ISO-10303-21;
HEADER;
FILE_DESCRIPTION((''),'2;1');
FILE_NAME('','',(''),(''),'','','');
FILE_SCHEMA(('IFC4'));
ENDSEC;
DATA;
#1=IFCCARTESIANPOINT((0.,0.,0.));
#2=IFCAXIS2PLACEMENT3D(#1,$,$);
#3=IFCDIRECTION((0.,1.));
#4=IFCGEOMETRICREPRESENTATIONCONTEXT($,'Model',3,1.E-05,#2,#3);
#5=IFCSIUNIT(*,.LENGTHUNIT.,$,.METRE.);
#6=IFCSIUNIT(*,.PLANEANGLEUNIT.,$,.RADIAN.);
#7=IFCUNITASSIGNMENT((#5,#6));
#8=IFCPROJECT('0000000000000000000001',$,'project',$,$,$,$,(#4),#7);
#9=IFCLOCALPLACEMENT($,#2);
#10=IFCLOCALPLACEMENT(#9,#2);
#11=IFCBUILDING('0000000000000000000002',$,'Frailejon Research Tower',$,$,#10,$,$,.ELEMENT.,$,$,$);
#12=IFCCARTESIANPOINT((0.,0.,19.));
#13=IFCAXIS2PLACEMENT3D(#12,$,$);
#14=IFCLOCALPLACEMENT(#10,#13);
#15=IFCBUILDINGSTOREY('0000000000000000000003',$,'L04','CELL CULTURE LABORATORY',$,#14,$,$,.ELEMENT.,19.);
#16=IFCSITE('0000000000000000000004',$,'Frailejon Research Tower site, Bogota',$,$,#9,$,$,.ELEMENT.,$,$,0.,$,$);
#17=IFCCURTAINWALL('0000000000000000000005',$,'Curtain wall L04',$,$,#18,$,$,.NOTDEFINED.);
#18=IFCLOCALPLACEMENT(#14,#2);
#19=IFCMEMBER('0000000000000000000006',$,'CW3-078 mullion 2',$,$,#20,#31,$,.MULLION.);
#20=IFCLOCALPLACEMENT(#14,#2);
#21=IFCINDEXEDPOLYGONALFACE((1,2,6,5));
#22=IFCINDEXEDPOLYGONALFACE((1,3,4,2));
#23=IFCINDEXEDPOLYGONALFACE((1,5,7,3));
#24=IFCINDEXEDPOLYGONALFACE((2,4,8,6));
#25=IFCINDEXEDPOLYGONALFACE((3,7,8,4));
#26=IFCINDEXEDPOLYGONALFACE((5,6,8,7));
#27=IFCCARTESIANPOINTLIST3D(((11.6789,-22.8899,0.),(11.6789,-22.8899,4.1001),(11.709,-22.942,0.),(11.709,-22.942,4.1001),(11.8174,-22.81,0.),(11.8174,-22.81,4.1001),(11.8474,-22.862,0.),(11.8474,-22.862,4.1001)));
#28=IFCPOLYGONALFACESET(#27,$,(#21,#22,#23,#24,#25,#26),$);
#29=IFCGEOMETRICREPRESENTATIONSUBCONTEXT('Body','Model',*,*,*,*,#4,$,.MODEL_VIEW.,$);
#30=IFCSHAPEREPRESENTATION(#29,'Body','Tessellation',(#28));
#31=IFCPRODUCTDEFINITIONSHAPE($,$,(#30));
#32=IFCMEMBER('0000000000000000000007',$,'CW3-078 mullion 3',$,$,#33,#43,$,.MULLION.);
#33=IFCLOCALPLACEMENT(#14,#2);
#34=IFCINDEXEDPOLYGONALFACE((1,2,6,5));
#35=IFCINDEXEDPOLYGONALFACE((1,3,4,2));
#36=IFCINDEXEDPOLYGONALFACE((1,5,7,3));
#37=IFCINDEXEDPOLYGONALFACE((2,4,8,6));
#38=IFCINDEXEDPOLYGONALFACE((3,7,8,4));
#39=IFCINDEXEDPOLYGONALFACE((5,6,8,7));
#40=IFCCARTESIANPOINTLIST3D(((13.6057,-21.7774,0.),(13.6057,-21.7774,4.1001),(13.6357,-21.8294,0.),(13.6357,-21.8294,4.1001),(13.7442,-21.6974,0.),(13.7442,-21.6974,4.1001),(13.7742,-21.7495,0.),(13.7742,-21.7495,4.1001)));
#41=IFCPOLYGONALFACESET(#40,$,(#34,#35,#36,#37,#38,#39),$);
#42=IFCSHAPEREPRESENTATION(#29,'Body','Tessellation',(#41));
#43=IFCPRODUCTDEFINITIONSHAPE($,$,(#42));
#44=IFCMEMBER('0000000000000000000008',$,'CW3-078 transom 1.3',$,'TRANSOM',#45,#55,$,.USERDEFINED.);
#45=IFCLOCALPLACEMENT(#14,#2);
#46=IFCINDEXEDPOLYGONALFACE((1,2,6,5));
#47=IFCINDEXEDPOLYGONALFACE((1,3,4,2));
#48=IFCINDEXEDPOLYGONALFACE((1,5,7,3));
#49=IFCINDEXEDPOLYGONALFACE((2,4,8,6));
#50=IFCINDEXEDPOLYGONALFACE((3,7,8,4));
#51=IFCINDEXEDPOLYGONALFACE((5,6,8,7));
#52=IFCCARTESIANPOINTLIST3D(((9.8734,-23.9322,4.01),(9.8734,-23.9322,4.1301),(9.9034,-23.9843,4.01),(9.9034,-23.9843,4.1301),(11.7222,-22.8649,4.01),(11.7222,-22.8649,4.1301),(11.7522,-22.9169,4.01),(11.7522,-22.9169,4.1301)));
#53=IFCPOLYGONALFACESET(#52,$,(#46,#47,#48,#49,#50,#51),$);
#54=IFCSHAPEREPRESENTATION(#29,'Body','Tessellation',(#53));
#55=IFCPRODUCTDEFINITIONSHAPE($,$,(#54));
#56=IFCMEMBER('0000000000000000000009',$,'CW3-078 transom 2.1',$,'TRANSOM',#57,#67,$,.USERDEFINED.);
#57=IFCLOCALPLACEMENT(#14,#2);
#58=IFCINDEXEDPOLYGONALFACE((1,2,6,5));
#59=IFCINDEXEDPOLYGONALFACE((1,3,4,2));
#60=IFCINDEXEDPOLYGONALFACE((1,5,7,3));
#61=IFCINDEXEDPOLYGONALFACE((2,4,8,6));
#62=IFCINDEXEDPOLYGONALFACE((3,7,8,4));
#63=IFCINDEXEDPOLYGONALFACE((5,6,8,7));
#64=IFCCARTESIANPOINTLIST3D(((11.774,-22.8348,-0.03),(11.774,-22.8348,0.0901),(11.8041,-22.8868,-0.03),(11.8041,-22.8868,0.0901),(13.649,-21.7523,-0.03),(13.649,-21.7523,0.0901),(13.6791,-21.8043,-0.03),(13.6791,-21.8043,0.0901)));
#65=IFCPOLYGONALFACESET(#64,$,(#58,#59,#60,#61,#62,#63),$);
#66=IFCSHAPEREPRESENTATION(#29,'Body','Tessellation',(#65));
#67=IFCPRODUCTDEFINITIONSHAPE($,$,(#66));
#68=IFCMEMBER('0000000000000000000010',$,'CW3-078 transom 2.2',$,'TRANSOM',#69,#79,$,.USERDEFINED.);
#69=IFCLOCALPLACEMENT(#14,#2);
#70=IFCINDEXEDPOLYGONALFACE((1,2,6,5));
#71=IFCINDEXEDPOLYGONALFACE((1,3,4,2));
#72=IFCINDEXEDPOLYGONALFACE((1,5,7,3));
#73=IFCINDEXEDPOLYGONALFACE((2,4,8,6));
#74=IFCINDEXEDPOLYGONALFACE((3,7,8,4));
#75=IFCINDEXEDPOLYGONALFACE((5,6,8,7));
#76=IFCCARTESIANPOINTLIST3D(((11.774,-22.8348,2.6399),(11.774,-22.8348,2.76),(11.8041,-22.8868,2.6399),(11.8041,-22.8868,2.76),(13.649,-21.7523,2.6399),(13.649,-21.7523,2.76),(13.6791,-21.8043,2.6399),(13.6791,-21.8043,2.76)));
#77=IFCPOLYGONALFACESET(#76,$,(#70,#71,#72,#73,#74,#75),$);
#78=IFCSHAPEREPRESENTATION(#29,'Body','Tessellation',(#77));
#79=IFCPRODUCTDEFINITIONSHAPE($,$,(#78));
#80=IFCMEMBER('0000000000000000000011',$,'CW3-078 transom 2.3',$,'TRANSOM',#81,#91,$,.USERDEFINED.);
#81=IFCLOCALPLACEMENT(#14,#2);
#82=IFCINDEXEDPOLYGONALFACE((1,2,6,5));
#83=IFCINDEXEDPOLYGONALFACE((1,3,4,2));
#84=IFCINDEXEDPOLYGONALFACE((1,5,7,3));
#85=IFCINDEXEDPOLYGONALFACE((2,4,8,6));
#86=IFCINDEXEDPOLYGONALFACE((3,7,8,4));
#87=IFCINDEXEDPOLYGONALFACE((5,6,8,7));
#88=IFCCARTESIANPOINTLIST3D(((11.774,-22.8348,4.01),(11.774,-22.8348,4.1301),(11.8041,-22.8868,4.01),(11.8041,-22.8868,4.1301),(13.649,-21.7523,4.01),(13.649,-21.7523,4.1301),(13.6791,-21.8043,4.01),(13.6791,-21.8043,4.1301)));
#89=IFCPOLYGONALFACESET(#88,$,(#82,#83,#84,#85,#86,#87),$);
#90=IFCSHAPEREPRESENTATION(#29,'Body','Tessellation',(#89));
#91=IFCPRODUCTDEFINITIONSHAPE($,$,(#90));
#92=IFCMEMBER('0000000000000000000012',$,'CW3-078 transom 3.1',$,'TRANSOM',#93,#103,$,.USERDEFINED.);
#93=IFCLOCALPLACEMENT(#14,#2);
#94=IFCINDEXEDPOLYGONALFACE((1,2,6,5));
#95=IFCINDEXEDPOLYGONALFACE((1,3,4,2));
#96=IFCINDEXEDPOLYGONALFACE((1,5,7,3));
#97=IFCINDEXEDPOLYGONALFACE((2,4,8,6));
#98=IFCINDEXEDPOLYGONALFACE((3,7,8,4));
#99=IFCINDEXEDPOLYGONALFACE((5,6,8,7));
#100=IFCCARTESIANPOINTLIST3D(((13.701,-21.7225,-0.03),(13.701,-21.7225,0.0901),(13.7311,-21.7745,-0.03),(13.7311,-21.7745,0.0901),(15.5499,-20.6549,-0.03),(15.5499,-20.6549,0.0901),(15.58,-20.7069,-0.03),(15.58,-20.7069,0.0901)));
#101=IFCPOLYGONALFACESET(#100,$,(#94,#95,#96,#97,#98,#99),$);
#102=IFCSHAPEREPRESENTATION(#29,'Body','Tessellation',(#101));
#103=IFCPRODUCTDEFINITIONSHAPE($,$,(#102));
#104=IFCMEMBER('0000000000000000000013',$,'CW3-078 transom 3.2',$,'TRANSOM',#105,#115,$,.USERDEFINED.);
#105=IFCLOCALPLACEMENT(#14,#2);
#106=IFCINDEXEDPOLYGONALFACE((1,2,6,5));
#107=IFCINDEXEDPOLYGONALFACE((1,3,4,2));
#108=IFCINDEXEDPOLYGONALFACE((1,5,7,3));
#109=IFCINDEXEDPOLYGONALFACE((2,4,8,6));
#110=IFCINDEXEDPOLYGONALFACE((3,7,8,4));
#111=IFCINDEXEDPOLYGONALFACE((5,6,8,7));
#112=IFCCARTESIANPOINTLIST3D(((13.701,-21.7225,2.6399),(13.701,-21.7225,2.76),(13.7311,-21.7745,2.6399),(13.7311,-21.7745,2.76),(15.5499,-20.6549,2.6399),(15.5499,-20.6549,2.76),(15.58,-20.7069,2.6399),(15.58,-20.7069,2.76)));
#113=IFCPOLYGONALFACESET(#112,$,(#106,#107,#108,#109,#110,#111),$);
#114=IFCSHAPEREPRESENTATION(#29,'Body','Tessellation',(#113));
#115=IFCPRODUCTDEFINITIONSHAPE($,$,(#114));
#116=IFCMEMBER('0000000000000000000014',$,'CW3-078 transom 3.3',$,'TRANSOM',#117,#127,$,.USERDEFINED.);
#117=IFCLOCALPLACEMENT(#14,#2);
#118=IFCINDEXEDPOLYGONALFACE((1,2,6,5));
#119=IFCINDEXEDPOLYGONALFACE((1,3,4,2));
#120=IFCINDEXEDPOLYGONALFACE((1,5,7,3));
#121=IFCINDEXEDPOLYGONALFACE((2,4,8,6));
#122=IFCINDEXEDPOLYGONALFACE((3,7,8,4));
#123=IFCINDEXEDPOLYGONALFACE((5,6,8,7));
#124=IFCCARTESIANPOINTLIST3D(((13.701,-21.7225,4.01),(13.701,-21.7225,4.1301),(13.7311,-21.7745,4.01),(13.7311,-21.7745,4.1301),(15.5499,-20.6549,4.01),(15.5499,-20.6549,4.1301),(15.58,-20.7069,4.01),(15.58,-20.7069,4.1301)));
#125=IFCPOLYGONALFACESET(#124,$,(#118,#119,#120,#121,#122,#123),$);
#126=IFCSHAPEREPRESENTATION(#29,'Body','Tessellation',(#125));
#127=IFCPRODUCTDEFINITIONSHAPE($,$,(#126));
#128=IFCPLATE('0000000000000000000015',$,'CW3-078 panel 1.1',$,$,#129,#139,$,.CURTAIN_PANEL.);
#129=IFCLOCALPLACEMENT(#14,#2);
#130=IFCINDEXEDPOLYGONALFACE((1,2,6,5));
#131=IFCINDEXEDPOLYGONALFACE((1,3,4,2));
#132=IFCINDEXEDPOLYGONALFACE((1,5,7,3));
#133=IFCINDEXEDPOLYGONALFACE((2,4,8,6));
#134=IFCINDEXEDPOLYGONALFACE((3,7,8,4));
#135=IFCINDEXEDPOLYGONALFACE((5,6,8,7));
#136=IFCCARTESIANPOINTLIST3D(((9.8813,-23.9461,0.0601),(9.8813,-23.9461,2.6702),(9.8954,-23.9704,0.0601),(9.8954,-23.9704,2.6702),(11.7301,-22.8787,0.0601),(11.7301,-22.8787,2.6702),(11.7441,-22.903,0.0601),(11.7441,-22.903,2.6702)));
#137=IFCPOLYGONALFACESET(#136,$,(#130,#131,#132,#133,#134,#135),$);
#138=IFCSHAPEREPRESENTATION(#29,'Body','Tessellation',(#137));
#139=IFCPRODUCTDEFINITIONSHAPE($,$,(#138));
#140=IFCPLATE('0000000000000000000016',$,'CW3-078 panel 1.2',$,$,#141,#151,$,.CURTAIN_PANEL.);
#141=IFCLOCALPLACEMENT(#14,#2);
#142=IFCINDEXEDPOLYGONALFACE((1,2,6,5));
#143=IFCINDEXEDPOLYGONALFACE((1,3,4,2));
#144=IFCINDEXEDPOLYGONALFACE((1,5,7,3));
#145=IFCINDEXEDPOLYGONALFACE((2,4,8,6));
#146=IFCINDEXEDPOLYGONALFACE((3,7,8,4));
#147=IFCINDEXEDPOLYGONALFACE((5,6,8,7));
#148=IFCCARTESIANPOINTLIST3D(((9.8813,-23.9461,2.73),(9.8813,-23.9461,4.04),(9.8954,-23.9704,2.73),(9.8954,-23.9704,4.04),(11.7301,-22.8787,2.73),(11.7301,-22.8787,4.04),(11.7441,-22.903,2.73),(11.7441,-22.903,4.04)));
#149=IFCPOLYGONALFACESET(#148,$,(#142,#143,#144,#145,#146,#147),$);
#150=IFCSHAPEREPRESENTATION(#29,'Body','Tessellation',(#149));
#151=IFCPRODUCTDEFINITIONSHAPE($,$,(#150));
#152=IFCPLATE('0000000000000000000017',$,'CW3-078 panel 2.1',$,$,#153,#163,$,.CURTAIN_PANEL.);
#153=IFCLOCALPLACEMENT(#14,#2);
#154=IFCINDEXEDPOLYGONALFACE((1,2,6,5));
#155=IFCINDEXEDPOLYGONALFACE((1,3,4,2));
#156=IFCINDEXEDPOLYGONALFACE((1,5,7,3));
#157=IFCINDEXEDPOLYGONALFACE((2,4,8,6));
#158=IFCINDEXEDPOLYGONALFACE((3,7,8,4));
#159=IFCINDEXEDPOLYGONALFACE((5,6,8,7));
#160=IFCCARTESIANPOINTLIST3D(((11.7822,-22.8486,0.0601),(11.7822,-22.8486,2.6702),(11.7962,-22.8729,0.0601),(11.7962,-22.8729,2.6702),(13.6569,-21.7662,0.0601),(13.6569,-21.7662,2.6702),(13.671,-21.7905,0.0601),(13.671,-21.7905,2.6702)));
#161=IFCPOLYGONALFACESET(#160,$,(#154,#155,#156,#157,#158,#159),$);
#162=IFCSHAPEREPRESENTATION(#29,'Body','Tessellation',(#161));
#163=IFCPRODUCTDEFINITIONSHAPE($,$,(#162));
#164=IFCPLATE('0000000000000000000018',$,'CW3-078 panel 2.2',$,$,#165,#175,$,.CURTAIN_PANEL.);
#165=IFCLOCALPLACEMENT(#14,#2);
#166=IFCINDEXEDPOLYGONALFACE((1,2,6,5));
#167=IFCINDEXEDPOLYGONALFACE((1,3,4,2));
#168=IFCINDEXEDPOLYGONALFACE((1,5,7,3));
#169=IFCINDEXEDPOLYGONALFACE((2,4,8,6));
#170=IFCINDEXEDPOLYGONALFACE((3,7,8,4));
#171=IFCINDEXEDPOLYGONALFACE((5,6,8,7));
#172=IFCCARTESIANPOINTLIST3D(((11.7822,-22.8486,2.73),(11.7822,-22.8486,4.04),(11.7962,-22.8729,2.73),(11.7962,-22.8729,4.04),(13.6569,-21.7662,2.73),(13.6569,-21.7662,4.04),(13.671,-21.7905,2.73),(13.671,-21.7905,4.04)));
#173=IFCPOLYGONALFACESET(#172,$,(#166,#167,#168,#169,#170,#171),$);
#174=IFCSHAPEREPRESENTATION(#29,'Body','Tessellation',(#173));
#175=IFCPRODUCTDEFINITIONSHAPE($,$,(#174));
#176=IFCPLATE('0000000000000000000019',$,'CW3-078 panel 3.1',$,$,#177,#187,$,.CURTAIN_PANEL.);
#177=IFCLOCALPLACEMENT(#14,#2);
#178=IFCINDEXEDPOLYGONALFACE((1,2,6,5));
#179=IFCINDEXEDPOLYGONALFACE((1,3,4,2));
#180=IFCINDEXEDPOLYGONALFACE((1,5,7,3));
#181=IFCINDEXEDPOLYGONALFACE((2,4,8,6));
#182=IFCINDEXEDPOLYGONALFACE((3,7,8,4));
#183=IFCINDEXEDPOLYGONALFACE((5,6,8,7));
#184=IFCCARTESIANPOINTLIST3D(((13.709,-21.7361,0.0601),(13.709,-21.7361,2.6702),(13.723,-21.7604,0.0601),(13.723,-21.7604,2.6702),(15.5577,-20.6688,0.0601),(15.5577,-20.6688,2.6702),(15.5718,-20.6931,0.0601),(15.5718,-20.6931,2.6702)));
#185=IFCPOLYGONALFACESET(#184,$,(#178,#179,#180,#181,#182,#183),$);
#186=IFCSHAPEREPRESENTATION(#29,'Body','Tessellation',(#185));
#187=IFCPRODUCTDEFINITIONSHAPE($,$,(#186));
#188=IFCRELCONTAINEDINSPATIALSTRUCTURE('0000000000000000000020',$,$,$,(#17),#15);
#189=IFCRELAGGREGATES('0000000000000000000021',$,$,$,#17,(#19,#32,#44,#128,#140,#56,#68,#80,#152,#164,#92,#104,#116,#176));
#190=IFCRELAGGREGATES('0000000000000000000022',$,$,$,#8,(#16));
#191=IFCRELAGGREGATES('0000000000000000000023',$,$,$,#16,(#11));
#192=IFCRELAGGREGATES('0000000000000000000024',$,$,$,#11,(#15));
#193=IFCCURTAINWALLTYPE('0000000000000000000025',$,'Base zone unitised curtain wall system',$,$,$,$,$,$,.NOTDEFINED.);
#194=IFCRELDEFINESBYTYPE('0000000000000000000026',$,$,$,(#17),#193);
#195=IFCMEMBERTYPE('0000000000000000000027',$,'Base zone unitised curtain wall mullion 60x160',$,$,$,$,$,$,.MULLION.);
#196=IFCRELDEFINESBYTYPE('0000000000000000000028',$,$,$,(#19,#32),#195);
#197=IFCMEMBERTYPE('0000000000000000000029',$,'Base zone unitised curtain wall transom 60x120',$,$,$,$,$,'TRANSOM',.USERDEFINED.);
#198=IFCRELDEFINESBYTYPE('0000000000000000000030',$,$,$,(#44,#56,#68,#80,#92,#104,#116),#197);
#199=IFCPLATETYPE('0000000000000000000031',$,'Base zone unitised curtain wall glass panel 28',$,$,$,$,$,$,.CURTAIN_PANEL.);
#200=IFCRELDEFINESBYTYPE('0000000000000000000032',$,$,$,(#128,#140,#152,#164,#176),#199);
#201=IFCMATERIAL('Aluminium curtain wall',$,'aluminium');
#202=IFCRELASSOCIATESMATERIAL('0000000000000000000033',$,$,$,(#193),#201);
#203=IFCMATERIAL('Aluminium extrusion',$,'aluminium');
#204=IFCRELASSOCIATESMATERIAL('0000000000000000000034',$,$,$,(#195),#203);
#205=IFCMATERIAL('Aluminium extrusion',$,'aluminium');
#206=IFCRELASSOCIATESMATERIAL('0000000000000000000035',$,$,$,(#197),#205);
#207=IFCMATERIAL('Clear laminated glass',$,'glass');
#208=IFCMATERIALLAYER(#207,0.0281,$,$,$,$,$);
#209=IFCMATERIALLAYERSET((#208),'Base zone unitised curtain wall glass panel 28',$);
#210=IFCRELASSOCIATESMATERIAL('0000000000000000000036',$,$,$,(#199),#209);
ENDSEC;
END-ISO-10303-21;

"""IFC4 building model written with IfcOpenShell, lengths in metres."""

from ifc_helpers import new_model, si_unit, direction, frame, origin, origin_2d, place, context, subcontext, project, spatial, rectangle, extrude, material, layer, layer_set, material_profile, profile_set, type_object, element, aggregate, save


model = new_model("IFC4")

# Units and contexts
model_context = context("Model", 3, precision=1e-05, world=origin(), true_north=direction((0.0, 1.0)))
body_context = subcontext(model_context, "Body", "Model", "MODEL_VIEW")
ifc_project = project(units=[si_unit("LENGTHUNIT", "METRE"), si_unit("PLANEANGLEUNIT", "RADIAN")], contexts=[model_context])

# Site, building, storey
site_placement = place(None, origin())
site = spatial("IfcSite", under=ifc_project, at=site_placement, Name="Frailejon Research Tower site, Bogota", CompositionType="ELEMENT", RefElevation=0.0)
building_placement = place(site_placement, origin())
building = spatial("IfcBuilding", under=site, at=building_placement, Name="Frailejon Research Tower", CompositionType="ELEMENT")
storey_placement = place(building_placement, frame((0.0, 0.0, 19.0)))
storey = spatial("IfcBuildingStorey", under=building, at=storey_placement, Name="L04", Description="CELL CULTURE LABORATORY", CompositionType="ELEMENT", Elevation=19.0)

# Curtain wall, members, plates
ifc_material_1 = material(Name="Aluminium curtain wall", Category="aluminium")
curtain_wall_type = type_object("IfcCurtainWallType", Name="Base zone unitised curtain wall system", PredefinedType="NOTDEFINED", material=ifc_material_1)
curtain_wall_placement = place(storey_placement, origin())
curtain_wall = element("IfcCurtainWall", 1, at=curtain_wall_placement, inside=storey, type_object=curtain_wall_type, Name="Curtain wall L04", PredefinedType="NOTDEFINED")
ifc_material_2 = material(Name="Aluminium extrusion", Category="aluminium")
ifc_material_profile_1 = material_profile(ifc_material_2, rectangle(XDim=0.0601, YDim=0.1599, at=origin_2d()), Name="Base zone unitised curtain wall mullion 60x160")
ifc_profile_set_1 = profile_set([ifc_material_profile_1], Name="Aluminium extrusion")
member_type_1 = type_object("IfcMemberType", Name="Base zone unitised curtain wall mullion 60x160", PredefinedType="MULLION", material=ifc_profile_set_1)
member_1_placement = place(storey_placement, frame((11.7632, -22.876, 0.0), z_axis=(0.0, 0.0, 1.0), x_axis=(-0.499998, 0.866026, 0.0)))
member_1 = element("IfcMember", 2, at=member_1_placement, type_object=member_type_1, Name="CW3-078 mullion 2", PredefinedType="MULLION", context=body_context, shape_type="SweptSolid", body=[
    extrude(rectangle(XDim=0.0601, YDim=0.1599, at=origin_2d()), origin(), (0.0, 0.0, 1.0), 4.1001),
])
member_2_placement = place(storey_placement, frame((13.6899, -21.7634, 0.0), z_axis=(0.0, 0.0, 1.0), x_axis=(-0.499998, 0.866026, 0.0)))
member_2 = element("IfcMember", 3, at=member_2_placement, type_object=member_type_1, Name="CW3-078 mullion 3", PredefinedType="MULLION", context=body_context, shape_type="SweptSolid", body=[
    extrude(rectangle(XDim=0.0601, YDim=0.1599, at=origin_2d()), origin(), (0.0, 0.0, 1.0), 4.1001),
])
ifc_material_3 = material(Name="Aluminium extrusion", Category="aluminium")
ifc_material_profile_2 = material_profile(ifc_material_3, rectangle(XDim=0.0601, YDim=0.1201, at=origin_2d()), Name="Base zone unitised curtain wall transom 60x120")
ifc_profile_set_2 = profile_set([ifc_material_profile_2], Name="Aluminium extrusion")
member_type_2 = type_object("IfcMemberType", Name="Base zone unitised curtain wall transom 60x120", ElementType="TRANSOM", PredefinedType="USERDEFINED", material=ifc_profile_set_2)
member_3_placement = place(storey_placement, frame((9.8884, -23.9583, 4.0701), z_axis=(0.866039, 0.499977, 0.0), x_axis=(-0.499977, 0.866039, 0.0)))
member_3 = element("IfcMember", 4, at=member_3_placement, type_object=member_type_2, Name="CW3-078 transom 1.3", ObjectType="TRANSOM", PredefinedType="USERDEFINED", context=body_context, shape_type="SweptSolid", body=[
    extrude(rectangle(XDim=0.0601, YDim=0.1201, at=origin_2d()), origin(), (0.0, 0.0, 1.0), 2.1348),
])
member_4_placement = place(storey_placement, frame((11.7891, -22.8608, 0.03), z_axis=(0.866028, 0.499996, 0.0), x_axis=(-0.499996, 0.866028, 0.0)))
member_4 = element("IfcMember", 5, at=member_4_placement, type_object=member_type_2, Name="CW3-078 transom 2.1", ObjectType="TRANSOM", PredefinedType="USERDEFINED", context=body_context, shape_type="SweptSolid", body=[
    extrude(rectangle(XDim=0.0601, YDim=0.1201, at=origin_2d()), origin(), (0.0, 0.0, 1.0), 2.165),
])
member_5_placement = place(storey_placement, frame((11.7891, -22.8608, 2.7), z_axis=(0.866028, 0.499996, 0.0), x_axis=(-0.499996, 0.866028, 0.0)))
member_5 = element("IfcMember", 6, at=member_5_placement, type_object=member_type_2, Name="CW3-078 transom 2.2", ObjectType="TRANSOM", PredefinedType="USERDEFINED", context=body_context, shape_type="SweptSolid", body=[
    extrude(rectangle(XDim=0.0601, YDim=0.1201, at=origin_2d()), origin(), (0.0, 0.0, 1.0), 2.165),
])
member_6_placement = place(storey_placement, frame((11.7891, -22.8608, 4.0701), z_axis=(0.866028, 0.499996, 0.0), x_axis=(-0.499996, 0.866028, 0.0)))
member_6 = element("IfcMember", 7, at=member_6_placement, type_object=member_type_2, Name="CW3-078 transom 2.3", ObjectType="TRANSOM", PredefinedType="USERDEFINED", context=body_context, shape_type="SweptSolid", body=[
    extrude(rectangle(XDim=0.0601, YDim=0.1201, at=origin_2d()), origin(), (0.0, 0.0, 1.0), 2.165),
])
member_7_placement = place(storey_placement, frame((13.7161, -21.7485, 0.03), z_axis=(0.865989, 0.500062, 0.0), x_axis=(-0.500062, 0.865989, 0.0)))
member_7 = element("IfcMember", 8, at=member_7_placement, type_object=member_type_2, Name="CW3-078 transom 3.1", ObjectType="TRANSOM", PredefinedType="USERDEFINED", context=body_context, shape_type="SweptSolid", body=[
    extrude(rectangle(XDim=0.0601, YDim=0.1201, at=origin_2d()), origin(), (0.0, 0.0, 1.0), 2.135),
])
member_8_placement = place(storey_placement, frame((13.7161, -21.7485, 2.7), z_axis=(0.865989, 0.500062, 0.0), x_axis=(-0.500062, 0.865989, 0.0)))
member_8 = element("IfcMember", 9, at=member_8_placement, type_object=member_type_2, Name="CW3-078 transom 3.2", ObjectType="TRANSOM", PredefinedType="USERDEFINED", context=body_context, shape_type="SweptSolid", body=[
    extrude(rectangle(XDim=0.0601, YDim=0.1201, at=origin_2d()), origin(), (0.0, 0.0, 1.0), 2.135),
])
member_9_placement = place(storey_placement, frame((13.7161, -21.7485, 4.0701), z_axis=(0.865989, 0.500062, 0.0), x_axis=(-0.500062, 0.865989, 0.0)))
member_9 = element("IfcMember", 10, at=member_9_placement, type_object=member_type_2, Name="CW3-078 transom 3.3", ObjectType="TRANSOM", PredefinedType="USERDEFINED", context=body_context, shape_type="SweptSolid", body=[
    extrude(rectangle(XDim=0.0601, YDim=0.1201, at=origin_2d()), origin(), (0.0, 0.0, 1.0), 2.135),
])
ifc_material_4 = material(Name="Clear laminated glass", Category="glass")
ifc_layer_1 = layer(ifc_material_4, 0.0281)
ifc_layer_set_1 = layer_set([ifc_layer_1], Name="Base zone unitised curtain wall glass panel 28")
plate_type = type_object("IfcPlateType", Name="Base zone unitised curtain wall glass panel 28", PredefinedType="CURTAIN_PANEL", material=ifc_layer_set_1)
plate_1_placement = place(storey_placement, frame((10.8127, -23.4246, 0.0601), z_axis=(0.0, 0.0, 1.0), x_axis=(0.866026, 0.499998, 0.0)))
plate_1 = element("IfcPlate", 11, at=plate_1_placement, type_object=plate_type, Name="CW3-078 panel 1.1", PredefinedType="CURTAIN_PANEL", context=body_context, shape_type="SweptSolid", body=[
    extrude(rectangle(XDim=2.1348, YDim=0.0281, at=origin_2d()), origin(), (0.0, 0.0, 1.0), 2.6101),
])
plate_2_placement = place(storey_placement, frame((10.8127, -23.4246, 2.73), z_axis=(0.0, 0.0, 1.0), x_axis=(0.866026, 0.499998, 0.0)))
plate_2 = element("IfcPlate", 12, at=plate_2_placement, type_object=plate_type, Name="CW3-078 panel 1.2", PredefinedType="CURTAIN_PANEL", context=body_context, shape_type="SweptSolid", body=[
    extrude(rectangle(XDim=2.1348, YDim=0.0281, at=origin_2d()), origin(), (0.0, 0.0, 1.0), 1.3101),
])
plate_3_placement = place(storey_placement, frame((12.7266, -22.3196, 0.0601), z_axis=(0.0, 0.0, 1.0), x_axis=(0.866026, 0.499998, 0.0)))
plate_3 = element("IfcPlate", 13, at=plate_3_placement, type_object=plate_type, Name="CW3-078 panel 2.1", PredefinedType="CURTAIN_PANEL", context=body_context, shape_type="SweptSolid", body=[
    extrude(rectangle(XDim=2.1648, YDim=0.0281, at=origin_2d()), origin(), (0.0, 0.0, 1.0), 2.6101),
])
plate_4_placement = place(storey_placement, frame((12.7266, -22.3196, 2.73), z_axis=(0.0, 0.0, 1.0), x_axis=(0.866026, 0.499998, 0.0)))
plate_4 = element("IfcPlate", 14, at=plate_4_placement, type_object=plate_type, Name="CW3-078 panel 2.2", PredefinedType="CURTAIN_PANEL", context=body_context, shape_type="SweptSolid", body=[
    extrude(rectangle(XDim=2.1648, YDim=0.0281, at=origin_2d()), origin(), (0.0, 0.0, 1.0), 1.3101),
])
plate_5_placement = place(storey_placement, frame((14.6404, -21.2146, 0.0601), z_axis=(0.0, 0.0, 1.0), x_axis=(0.866026, 0.499998, 0.0)))
plate_5 = element("IfcPlate", 15, at=plate_5_placement, type_object=plate_type, Name="CW3-078 panel 3.1", PredefinedType="CURTAIN_PANEL", context=body_context, shape_type="SweptSolid", body=[
    extrude(rectangle(XDim=2.1348, YDim=0.0281, at=origin_2d()), origin(), (0.0, 0.0, 1.0), 2.6101),
])
aggregate(curtain_wall, [member_1, member_2, member_3, plate_1, plate_2, member_4, member_5, member_6, plate_3, plate_4, member_7, member_8, member_9, plate_5])

save(model, "model.ifc")
